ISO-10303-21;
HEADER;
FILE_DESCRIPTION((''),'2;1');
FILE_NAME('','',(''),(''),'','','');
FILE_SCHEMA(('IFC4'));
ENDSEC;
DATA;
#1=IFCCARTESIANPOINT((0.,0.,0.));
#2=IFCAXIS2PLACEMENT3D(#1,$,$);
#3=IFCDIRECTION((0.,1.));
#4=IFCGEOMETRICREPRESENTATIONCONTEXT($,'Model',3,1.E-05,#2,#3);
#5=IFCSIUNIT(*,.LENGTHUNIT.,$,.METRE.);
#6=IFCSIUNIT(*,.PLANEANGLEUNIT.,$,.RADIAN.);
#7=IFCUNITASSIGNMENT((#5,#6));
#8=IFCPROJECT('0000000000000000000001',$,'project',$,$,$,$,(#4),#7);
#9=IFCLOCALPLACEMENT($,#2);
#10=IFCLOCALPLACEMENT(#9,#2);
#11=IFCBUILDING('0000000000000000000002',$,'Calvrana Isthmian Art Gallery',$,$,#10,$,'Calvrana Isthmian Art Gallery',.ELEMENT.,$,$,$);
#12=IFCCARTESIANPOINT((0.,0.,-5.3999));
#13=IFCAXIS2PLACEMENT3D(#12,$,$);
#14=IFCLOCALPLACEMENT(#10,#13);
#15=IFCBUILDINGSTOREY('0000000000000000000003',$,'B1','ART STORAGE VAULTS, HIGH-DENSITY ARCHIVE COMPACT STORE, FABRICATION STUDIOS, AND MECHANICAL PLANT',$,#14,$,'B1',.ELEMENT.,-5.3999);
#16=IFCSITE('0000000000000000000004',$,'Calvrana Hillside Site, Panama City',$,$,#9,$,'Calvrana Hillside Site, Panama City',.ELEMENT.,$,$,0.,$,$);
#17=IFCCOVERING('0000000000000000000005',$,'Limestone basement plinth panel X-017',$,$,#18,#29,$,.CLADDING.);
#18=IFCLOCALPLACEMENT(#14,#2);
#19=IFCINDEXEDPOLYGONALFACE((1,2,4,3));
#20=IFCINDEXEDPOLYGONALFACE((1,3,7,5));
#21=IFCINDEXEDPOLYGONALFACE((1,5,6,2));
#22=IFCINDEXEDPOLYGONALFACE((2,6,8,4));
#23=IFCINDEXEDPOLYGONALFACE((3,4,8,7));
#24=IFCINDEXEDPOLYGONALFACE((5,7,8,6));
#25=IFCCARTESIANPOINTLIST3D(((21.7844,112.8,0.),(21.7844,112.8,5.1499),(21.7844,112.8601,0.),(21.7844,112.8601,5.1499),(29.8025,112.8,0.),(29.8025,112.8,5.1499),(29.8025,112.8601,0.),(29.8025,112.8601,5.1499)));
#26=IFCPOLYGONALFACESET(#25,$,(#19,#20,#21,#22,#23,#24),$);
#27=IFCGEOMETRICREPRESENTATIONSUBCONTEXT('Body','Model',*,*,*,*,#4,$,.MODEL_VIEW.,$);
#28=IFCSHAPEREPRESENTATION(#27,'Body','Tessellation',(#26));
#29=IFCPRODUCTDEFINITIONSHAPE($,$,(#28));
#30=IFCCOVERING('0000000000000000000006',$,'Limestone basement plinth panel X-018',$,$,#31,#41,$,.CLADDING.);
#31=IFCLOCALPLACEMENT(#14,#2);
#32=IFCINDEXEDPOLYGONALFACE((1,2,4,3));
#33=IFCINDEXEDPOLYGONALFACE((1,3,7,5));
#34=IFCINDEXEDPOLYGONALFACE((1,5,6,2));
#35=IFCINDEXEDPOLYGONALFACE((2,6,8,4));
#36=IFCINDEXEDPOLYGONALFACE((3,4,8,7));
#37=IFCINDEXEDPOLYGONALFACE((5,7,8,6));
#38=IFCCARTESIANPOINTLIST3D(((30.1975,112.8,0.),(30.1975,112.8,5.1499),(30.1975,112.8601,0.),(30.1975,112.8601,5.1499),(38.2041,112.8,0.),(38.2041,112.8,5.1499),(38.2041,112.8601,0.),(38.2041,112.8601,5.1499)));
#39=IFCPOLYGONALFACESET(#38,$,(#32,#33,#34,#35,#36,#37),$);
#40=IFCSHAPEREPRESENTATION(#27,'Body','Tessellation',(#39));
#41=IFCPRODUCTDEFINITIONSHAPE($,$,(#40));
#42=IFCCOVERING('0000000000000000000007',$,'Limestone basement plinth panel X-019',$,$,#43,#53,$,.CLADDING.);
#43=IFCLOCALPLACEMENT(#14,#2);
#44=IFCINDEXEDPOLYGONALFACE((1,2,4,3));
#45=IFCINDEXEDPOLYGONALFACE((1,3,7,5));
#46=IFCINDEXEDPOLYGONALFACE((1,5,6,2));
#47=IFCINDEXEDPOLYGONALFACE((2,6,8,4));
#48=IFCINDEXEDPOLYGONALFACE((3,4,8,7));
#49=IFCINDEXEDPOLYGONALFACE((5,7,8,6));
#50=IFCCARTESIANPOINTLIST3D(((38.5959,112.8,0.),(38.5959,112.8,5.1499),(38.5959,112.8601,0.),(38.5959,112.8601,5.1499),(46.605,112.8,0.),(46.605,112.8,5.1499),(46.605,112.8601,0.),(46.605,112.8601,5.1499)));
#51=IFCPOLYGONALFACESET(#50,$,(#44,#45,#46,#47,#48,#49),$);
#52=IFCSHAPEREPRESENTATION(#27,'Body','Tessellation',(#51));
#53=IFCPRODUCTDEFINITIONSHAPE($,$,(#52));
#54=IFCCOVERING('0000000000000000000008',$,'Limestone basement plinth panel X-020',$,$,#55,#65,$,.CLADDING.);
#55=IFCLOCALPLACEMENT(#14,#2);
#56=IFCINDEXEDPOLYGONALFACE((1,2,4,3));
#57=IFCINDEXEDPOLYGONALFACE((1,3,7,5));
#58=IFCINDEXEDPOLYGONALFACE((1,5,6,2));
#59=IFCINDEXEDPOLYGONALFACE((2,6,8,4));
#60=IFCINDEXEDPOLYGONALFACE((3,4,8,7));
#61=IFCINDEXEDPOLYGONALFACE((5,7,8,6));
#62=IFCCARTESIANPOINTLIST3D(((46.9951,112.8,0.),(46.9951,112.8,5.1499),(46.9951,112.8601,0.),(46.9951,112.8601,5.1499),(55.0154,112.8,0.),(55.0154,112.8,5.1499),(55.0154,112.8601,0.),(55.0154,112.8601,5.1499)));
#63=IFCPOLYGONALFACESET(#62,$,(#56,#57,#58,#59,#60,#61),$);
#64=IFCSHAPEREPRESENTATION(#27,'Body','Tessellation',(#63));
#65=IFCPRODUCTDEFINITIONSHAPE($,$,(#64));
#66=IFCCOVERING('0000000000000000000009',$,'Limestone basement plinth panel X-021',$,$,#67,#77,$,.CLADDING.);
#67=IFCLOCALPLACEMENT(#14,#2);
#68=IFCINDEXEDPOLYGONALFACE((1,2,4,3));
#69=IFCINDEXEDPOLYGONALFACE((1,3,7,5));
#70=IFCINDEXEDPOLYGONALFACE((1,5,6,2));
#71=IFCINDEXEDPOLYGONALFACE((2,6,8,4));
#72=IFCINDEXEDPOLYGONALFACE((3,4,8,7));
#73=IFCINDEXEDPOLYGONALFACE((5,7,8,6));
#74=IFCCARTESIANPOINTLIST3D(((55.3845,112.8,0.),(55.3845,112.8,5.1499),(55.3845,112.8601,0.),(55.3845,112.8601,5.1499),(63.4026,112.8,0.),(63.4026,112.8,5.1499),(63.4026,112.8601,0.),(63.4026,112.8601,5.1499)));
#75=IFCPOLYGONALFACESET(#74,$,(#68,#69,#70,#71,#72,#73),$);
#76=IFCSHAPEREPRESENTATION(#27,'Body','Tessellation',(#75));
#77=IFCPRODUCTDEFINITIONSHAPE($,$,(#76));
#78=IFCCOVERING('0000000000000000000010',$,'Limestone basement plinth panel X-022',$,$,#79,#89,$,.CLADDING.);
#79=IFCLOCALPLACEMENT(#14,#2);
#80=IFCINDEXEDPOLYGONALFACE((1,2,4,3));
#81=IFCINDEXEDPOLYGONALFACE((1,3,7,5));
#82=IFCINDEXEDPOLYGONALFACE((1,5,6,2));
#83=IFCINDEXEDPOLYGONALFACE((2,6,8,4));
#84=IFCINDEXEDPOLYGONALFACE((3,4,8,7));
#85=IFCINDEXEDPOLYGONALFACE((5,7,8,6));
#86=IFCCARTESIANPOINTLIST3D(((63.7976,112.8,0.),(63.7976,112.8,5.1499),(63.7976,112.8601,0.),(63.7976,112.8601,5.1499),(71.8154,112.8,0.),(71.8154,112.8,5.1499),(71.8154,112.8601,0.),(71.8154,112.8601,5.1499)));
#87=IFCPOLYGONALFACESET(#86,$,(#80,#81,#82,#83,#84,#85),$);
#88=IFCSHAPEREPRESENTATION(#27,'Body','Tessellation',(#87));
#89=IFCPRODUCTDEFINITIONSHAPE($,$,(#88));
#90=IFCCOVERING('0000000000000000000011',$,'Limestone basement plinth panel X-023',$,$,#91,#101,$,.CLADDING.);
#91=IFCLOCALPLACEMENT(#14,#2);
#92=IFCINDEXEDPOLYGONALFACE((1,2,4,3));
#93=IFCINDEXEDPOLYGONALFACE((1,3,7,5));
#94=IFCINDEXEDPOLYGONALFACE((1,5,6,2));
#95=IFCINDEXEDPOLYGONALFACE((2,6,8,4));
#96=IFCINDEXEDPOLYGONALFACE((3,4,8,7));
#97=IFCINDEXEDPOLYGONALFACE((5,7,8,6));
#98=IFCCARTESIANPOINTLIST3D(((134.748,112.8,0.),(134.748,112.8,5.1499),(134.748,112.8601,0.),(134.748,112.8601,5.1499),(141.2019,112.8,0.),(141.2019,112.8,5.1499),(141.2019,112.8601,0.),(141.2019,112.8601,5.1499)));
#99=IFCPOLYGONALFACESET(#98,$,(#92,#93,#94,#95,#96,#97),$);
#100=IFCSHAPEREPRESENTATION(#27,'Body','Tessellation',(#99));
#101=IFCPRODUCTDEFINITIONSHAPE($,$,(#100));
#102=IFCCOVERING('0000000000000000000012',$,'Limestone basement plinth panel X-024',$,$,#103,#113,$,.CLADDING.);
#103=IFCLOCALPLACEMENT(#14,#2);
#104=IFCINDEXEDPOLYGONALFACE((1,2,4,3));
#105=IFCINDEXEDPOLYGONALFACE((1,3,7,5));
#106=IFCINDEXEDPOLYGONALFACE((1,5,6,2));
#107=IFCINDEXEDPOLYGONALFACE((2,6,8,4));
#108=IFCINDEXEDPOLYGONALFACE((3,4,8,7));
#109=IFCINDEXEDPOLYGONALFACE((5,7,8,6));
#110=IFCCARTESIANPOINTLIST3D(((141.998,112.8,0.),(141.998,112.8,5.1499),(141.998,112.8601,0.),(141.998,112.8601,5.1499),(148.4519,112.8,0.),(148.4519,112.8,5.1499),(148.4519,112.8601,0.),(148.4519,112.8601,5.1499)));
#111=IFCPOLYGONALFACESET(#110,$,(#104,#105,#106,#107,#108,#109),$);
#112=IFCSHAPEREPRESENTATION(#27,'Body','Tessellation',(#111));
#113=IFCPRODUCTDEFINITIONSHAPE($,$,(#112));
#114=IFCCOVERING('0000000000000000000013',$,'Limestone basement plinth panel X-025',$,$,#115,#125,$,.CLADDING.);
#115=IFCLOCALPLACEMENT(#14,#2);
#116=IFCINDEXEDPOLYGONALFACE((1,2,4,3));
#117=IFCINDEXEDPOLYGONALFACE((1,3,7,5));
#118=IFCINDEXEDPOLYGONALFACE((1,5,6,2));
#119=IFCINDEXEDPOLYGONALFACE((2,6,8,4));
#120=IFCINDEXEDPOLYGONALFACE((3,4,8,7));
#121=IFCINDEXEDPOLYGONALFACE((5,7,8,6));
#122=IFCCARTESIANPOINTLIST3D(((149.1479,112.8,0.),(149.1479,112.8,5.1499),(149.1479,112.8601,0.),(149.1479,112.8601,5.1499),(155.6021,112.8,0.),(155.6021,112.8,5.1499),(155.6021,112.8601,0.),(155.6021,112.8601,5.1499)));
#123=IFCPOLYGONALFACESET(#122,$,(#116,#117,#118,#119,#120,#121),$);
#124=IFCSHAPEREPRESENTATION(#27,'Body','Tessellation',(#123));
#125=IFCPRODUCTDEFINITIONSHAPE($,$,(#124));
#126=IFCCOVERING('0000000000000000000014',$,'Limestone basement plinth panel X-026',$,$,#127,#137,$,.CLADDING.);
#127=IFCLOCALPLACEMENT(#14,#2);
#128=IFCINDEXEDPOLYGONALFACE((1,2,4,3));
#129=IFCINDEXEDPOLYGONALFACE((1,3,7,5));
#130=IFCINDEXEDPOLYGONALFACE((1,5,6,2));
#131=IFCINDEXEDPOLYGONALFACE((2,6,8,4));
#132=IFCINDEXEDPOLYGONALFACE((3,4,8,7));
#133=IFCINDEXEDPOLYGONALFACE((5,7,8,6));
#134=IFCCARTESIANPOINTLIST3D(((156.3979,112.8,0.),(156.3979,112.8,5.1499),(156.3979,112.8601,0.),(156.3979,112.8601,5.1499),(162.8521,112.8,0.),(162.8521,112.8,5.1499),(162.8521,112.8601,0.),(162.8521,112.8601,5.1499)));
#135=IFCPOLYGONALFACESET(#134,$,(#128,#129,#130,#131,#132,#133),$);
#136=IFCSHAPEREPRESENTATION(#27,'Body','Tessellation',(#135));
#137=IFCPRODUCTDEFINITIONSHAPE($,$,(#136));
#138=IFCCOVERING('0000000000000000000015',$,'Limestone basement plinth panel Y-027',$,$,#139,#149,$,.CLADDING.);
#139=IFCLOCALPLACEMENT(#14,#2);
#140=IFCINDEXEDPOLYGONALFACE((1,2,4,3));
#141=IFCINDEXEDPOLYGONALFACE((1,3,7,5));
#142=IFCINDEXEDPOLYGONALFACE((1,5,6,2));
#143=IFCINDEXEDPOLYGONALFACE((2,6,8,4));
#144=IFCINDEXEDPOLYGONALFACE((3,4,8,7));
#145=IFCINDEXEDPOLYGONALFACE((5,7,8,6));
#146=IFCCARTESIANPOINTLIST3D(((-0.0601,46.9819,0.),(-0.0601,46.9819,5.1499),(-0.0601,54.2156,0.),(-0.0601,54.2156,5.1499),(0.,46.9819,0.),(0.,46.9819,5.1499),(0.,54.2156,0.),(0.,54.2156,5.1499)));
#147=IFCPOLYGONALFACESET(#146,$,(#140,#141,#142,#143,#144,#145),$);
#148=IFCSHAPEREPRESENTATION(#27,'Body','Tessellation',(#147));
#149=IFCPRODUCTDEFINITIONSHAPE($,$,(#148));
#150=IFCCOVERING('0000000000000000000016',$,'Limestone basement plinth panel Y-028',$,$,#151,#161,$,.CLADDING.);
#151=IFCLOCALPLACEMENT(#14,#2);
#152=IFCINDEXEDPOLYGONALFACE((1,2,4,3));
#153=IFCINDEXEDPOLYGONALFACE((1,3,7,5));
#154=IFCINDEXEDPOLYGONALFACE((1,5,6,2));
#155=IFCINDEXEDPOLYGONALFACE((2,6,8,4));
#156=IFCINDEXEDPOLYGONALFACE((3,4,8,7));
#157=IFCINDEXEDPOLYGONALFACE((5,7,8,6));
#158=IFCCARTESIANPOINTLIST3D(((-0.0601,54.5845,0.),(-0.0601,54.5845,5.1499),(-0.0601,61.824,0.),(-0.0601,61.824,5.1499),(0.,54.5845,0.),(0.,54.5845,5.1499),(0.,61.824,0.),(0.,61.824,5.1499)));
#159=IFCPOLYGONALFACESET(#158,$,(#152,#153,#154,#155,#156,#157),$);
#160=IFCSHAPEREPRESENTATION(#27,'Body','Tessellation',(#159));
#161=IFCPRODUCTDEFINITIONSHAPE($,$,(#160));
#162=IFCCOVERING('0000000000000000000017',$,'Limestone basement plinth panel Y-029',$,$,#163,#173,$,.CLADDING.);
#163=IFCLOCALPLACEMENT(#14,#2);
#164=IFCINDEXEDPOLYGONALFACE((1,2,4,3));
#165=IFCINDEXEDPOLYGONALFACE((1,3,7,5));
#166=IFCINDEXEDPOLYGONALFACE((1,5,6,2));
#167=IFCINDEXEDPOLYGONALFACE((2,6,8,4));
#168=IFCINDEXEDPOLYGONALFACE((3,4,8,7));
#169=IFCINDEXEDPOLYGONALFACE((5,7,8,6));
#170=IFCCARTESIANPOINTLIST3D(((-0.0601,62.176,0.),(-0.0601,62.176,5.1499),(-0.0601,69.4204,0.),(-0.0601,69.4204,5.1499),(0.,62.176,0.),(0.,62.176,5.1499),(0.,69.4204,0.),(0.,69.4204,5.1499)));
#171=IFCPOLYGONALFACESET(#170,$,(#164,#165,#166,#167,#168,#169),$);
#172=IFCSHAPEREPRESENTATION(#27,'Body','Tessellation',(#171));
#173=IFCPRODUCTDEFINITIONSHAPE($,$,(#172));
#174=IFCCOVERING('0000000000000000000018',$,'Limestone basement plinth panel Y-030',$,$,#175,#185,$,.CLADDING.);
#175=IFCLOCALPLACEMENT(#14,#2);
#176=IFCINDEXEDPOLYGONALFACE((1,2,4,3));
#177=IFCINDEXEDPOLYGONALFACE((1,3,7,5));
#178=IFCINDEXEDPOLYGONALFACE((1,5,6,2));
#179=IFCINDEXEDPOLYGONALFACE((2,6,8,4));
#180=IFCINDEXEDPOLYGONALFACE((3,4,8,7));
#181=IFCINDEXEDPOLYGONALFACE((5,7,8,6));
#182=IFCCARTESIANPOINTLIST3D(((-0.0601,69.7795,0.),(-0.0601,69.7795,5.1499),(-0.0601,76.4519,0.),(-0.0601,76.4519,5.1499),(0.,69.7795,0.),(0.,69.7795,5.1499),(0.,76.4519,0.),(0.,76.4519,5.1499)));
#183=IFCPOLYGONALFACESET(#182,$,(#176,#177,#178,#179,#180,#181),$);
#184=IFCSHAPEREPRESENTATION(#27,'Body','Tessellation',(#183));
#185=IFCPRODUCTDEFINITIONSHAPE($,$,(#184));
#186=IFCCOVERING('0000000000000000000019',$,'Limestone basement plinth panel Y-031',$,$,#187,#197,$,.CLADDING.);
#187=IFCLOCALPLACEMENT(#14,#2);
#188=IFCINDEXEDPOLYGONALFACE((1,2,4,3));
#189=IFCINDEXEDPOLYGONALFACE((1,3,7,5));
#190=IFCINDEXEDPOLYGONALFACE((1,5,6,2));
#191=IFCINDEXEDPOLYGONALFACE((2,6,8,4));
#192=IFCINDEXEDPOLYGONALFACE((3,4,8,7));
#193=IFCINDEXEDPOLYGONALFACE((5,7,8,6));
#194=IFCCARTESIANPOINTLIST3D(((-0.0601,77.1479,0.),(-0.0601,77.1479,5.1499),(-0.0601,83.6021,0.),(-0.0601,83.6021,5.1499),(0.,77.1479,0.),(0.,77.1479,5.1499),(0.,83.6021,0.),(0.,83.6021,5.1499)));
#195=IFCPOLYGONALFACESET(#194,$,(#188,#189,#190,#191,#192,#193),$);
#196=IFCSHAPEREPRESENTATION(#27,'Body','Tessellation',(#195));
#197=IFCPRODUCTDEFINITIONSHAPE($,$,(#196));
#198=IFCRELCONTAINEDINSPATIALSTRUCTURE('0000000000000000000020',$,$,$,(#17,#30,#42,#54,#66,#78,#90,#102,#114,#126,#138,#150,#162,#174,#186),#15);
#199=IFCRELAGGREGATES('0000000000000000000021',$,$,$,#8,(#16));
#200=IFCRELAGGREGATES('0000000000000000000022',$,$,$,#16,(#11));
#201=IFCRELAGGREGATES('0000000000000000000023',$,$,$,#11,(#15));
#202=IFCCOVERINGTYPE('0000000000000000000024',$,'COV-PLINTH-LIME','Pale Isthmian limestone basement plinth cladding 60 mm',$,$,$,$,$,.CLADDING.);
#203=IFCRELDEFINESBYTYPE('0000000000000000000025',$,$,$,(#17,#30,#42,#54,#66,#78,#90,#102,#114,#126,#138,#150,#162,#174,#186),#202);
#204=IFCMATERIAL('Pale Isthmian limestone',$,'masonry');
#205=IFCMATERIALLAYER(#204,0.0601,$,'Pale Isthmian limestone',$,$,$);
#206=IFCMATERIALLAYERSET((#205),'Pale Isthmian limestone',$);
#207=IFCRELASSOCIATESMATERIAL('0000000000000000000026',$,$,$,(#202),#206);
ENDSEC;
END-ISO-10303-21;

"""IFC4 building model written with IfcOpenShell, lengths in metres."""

from ifc_helpers import new_model, si_unit, direction, frame, origin, place, context, subcontext, project, spatial, polyline, outline, extrude, material, layer, layer_set, type_object, element, save


model = new_model("IFC4")

# Units and contexts
model_context = context("Model", 3, precision=1e-05, world=origin(), true_north=direction((0.0, 1.0)))
body_context = subcontext(model_context, "Body", "Model", "MODEL_VIEW")
ifc_project = project(units=[si_unit("LENGTHUNIT", "METRE"), si_unit("PLANEANGLEUNIT", "RADIAN")], contexts=[model_context])

# Site, building, storey
site_placement = place(None, origin())
site = spatial("IfcSite", under=ifc_project, at=site_placement, Name="Calvrana Hillside Site, Panama City", LongName="Calvrana Hillside Site, Panama City", CompositionType="ELEMENT", RefElevation=0.0)
building_placement = place(site_placement, origin())
building = spatial("IfcBuilding", under=site, at=building_placement, Name="Calvrana Isthmian Art Gallery", LongName="Calvrana Isthmian Art Gallery", CompositionType="ELEMENT")
storey_placement = place(building_placement, frame((0.0, 0.0, -5.3999)))
storey = spatial("IfcBuildingStorey", under=building, at=storey_placement, Name="B1", Description="ART STORAGE VAULTS, HIGH-DENSITY ARCHIVE COMPACT STORE, FABRICATION STUDIOS, AND MECHANICAL PLANT", LongName="B1", CompositionType="ELEMENT", Elevation=-5.3999)

# Coverings
ifc_material = material(Name="Pale Isthmian limestone", Category="masonry")
ifc_layer = layer(ifc_material, 0.0601, Name="Pale Isthmian limestone")
ifc_layer_set = layer_set([ifc_layer], Name="Pale Isthmian limestone")
covering_type = type_object("IfcCoveringType", Name="COV-PLINTH-LIME", Description="Pale Isthmian limestone basement plinth cladding 60 mm", PredefinedType="CLADDING", material=ifc_layer_set)
covering_1_placement = place(storey_placement, origin())
element("IfcCovering", 1, at=covering_1_placement, inside=storey, type_object=covering_type, Name="Limestone basement plinth panel X-017", PredefinedType="CLADDING", context=body_context, shape_type="SweptSolid", body=[
    extrude(outline(polyline([(21.7844, 112.8), (29.8025, 112.8), (29.8025, 112.8601), (21.7844, 112.8601), (21.7844, 112.8)])), origin(), (0.0, 0.0, 1.0), 5.1499),
])
covering_2_placement = place(storey_placement, origin())
element("IfcCovering", 2, at=covering_2_placement, inside=storey, type_object=covering_type, Name="Limestone basement plinth panel X-018", PredefinedType="CLADDING", context=body_context, shape_type="SweptSolid", body=[
    extrude(outline(polyline([(30.1975, 112.8), (38.2041, 112.8), (38.2041, 112.8601), (30.1975, 112.8601), (30.1975, 112.8)])), origin(), (0.0, 0.0, 1.0), 5.1499),
])
covering_3_placement = place(storey_placement, origin())
element("IfcCovering", 3, at=covering_3_placement, inside=storey, type_object=covering_type, Name="Limestone basement plinth panel X-019", PredefinedType="CLADDING", context=body_context, shape_type="SweptSolid", body=[
    extrude(outline(polyline([(38.5959, 112.8), (46.605, 112.8), (46.605, 112.8601), (38.5959, 112.8601), (38.5959, 112.8)])), origin(), (0.0, 0.0, 1.0), 5.1499),
])
covering_4_placement = place(storey_placement, origin())
element("IfcCovering", 4, at=covering_4_placement, inside=storey, type_object=covering_type, Name="Limestone basement plinth panel X-020", PredefinedType="CLADDING", context=body_context, shape_type="SweptSolid", body=[
    extrude(outline(polyline([(46.9951, 112.8), (55.0154, 112.8), (55.0154, 112.8601), (46.9951, 112.8601), (46.9951, 112.8)])), origin(), (0.0, 0.0, 1.0), 5.1499),
])
covering_5_placement = place(storey_placement, origin())
element("IfcCovering", 5, at=covering_5_placement, inside=storey, type_object=covering_type, Name="Limestone basement plinth panel X-021", PredefinedType="CLADDING", context=body_context, shape_type="SweptSolid", body=[
    extrude(outline(polyline([(55.3845, 112.8), (63.4026, 112.8), (63.4026, 112.8601), (55.3845, 112.8601), (55.3845, 112.8)])), origin(), (0.0, 0.0, 1.0), 5.1499),
])
covering_6_placement = place(storey_placement, origin())
element("IfcCovering", 6, at=covering_6_placement, inside=storey, type_object=covering_type, Name="Limestone basement plinth panel X-022", PredefinedType="CLADDING", context=body_context, shape_type="SweptSolid", body=[
    extrude(outline(polyline([(63.7976, 112.8), (71.8154, 112.8), (71.8154, 112.8601), (63.7976, 112.8601), (63.7976, 112.8)])), origin(), (0.0, 0.0, 1.0), 5.1499),
])
covering_7_placement = place(storey_placement, origin())
element("IfcCovering", 7, at=covering_7_placement, inside=storey, type_object=covering_type, Name="Limestone basement plinth panel X-023", PredefinedType="CLADDING", context=body_context, shape_type="SweptSolid", body=[
    extrude(outline(polyline([(134.748, 112.8), (141.2019, 112.8), (141.2019, 112.8601), (134.748, 112.8601), (134.748, 112.8)])), origin(), (0.0, 0.0, 1.0), 5.1499),
])
covering_8_placement = place(storey_placement, origin())
element("IfcCovering", 8, at=covering_8_placement, inside=storey, type_object=covering_type, Name="Limestone basement plinth panel X-024", PredefinedType="CLADDING", context=body_context, shape_type="SweptSolid", body=[
    extrude(outline(polyline([(141.998, 112.8), (148.4519, 112.8), (148.4519, 112.8601), (141.998, 112.8601), (141.998, 112.8)])), origin(), (0.0, 0.0, 1.0), 5.1499),
])
covering_9_placement = place(storey_placement, origin())
element("IfcCovering", 9, at=covering_9_placement, inside=storey, type_object=covering_type, Name="Limestone basement plinth panel X-025", PredefinedType="CLADDING", context=body_context, shape_type="SweptSolid", body=[
    extrude(outline(polyline([(149.1479, 112.8), (155.6021, 112.8), (155.6021, 112.8601), (149.1479, 112.8601), (149.1479, 112.8)])), origin(), (0.0, 0.0, 1.0), 5.1499),
])
covering_10_placement = place(storey_placement, origin())
element("IfcCovering", 10, at=covering_10_placement, inside=storey, type_object=covering_type, Name="Limestone basement plinth panel X-026", PredefinedType="CLADDING", context=body_context, shape_type="SweptSolid", body=[
    extrude(outline(polyline([(156.3979, 112.8), (162.8521, 112.8), (162.8521, 112.8601), (156.3979, 112.8601), (156.3979, 112.8)])), origin(), (0.0, 0.0, 1.0), 5.1499),
])
covering_11_placement = place(storey_placement, origin())
element("IfcCovering", 11, at=covering_11_placement, inside=storey, type_object=covering_type, Name="Limestone basement plinth panel Y-027", PredefinedType="CLADDING", context=body_context, shape_type="SweptSolid", body=[
    extrude(outline(polyline([(-0.0601, 46.9819), (0.0, 46.9819), (0.0, 54.2156), (-0.0601, 54.2156), (-0.0601, 46.9819)])), origin(), (0.0, 0.0, 1.0), 5.1499),
])
covering_12_placement = place(storey_placement, origin())
element("IfcCovering", 12, at=covering_12_placement, inside=storey, type_object=covering_type, Name="Limestone basement plinth panel Y-028", PredefinedType="CLADDING", context=body_context, shape_type="SweptSolid", body=[
    extrude(outline(polyline([(-0.0601, 54.5845), (0.0, 54.5845), (0.0, 61.824), (-0.0601, 61.824), (-0.0601, 54.5845)])), origin(), (0.0, 0.0, 1.0), 5.1499),
])
covering_13_placement = place(storey_placement, origin())
element("IfcCovering", 13, at=covering_13_placement, inside=storey, type_object=covering_type, Name="Limestone basement plinth panel Y-029", PredefinedType="CLADDING", context=body_context, shape_type="SweptSolid", body=[
    extrude(outline(polyline([(-0.0601, 62.176), (0.0, 62.176), (0.0, 69.4204), (-0.0601, 69.4204), (-0.0601, 62.176)])), origin(), (0.0, 0.0, 1.0), 5.1499),
])
covering_14_placement = place(storey_placement, origin())
element("IfcCovering", 14, at=covering_14_placement, inside=storey, type_object=covering_type, Name="Limestone basement plinth panel Y-030", PredefinedType="CLADDING", context=body_context, shape_type="SweptSolid", body=[
    extrude(outline(polyline([(-0.0601, 69.7795), (0.0, 69.7795), (0.0, 76.4519), (-0.0601, 76.4519), (-0.0601, 69.7795)])), origin(), (0.0, 0.0, 1.0), 5.1499),
])
covering_15_placement = place(storey_placement, origin())
element("IfcCovering", 15, at=covering_15_placement, inside=storey, type_object=covering_type, Name="Limestone basement plinth panel Y-031", PredefinedType="CLADDING", context=body_context, shape_type="SweptSolid", body=[
    extrude(outline(polyline([(-0.0601, 77.1479), (0.0, 77.1479), (0.0, 83.6021), (-0.0601, 83.6021), (-0.0601, 77.1479)])), origin(), (0.0, 0.0, 1.0), 5.1499),
])

save(model, "model.ifc")
